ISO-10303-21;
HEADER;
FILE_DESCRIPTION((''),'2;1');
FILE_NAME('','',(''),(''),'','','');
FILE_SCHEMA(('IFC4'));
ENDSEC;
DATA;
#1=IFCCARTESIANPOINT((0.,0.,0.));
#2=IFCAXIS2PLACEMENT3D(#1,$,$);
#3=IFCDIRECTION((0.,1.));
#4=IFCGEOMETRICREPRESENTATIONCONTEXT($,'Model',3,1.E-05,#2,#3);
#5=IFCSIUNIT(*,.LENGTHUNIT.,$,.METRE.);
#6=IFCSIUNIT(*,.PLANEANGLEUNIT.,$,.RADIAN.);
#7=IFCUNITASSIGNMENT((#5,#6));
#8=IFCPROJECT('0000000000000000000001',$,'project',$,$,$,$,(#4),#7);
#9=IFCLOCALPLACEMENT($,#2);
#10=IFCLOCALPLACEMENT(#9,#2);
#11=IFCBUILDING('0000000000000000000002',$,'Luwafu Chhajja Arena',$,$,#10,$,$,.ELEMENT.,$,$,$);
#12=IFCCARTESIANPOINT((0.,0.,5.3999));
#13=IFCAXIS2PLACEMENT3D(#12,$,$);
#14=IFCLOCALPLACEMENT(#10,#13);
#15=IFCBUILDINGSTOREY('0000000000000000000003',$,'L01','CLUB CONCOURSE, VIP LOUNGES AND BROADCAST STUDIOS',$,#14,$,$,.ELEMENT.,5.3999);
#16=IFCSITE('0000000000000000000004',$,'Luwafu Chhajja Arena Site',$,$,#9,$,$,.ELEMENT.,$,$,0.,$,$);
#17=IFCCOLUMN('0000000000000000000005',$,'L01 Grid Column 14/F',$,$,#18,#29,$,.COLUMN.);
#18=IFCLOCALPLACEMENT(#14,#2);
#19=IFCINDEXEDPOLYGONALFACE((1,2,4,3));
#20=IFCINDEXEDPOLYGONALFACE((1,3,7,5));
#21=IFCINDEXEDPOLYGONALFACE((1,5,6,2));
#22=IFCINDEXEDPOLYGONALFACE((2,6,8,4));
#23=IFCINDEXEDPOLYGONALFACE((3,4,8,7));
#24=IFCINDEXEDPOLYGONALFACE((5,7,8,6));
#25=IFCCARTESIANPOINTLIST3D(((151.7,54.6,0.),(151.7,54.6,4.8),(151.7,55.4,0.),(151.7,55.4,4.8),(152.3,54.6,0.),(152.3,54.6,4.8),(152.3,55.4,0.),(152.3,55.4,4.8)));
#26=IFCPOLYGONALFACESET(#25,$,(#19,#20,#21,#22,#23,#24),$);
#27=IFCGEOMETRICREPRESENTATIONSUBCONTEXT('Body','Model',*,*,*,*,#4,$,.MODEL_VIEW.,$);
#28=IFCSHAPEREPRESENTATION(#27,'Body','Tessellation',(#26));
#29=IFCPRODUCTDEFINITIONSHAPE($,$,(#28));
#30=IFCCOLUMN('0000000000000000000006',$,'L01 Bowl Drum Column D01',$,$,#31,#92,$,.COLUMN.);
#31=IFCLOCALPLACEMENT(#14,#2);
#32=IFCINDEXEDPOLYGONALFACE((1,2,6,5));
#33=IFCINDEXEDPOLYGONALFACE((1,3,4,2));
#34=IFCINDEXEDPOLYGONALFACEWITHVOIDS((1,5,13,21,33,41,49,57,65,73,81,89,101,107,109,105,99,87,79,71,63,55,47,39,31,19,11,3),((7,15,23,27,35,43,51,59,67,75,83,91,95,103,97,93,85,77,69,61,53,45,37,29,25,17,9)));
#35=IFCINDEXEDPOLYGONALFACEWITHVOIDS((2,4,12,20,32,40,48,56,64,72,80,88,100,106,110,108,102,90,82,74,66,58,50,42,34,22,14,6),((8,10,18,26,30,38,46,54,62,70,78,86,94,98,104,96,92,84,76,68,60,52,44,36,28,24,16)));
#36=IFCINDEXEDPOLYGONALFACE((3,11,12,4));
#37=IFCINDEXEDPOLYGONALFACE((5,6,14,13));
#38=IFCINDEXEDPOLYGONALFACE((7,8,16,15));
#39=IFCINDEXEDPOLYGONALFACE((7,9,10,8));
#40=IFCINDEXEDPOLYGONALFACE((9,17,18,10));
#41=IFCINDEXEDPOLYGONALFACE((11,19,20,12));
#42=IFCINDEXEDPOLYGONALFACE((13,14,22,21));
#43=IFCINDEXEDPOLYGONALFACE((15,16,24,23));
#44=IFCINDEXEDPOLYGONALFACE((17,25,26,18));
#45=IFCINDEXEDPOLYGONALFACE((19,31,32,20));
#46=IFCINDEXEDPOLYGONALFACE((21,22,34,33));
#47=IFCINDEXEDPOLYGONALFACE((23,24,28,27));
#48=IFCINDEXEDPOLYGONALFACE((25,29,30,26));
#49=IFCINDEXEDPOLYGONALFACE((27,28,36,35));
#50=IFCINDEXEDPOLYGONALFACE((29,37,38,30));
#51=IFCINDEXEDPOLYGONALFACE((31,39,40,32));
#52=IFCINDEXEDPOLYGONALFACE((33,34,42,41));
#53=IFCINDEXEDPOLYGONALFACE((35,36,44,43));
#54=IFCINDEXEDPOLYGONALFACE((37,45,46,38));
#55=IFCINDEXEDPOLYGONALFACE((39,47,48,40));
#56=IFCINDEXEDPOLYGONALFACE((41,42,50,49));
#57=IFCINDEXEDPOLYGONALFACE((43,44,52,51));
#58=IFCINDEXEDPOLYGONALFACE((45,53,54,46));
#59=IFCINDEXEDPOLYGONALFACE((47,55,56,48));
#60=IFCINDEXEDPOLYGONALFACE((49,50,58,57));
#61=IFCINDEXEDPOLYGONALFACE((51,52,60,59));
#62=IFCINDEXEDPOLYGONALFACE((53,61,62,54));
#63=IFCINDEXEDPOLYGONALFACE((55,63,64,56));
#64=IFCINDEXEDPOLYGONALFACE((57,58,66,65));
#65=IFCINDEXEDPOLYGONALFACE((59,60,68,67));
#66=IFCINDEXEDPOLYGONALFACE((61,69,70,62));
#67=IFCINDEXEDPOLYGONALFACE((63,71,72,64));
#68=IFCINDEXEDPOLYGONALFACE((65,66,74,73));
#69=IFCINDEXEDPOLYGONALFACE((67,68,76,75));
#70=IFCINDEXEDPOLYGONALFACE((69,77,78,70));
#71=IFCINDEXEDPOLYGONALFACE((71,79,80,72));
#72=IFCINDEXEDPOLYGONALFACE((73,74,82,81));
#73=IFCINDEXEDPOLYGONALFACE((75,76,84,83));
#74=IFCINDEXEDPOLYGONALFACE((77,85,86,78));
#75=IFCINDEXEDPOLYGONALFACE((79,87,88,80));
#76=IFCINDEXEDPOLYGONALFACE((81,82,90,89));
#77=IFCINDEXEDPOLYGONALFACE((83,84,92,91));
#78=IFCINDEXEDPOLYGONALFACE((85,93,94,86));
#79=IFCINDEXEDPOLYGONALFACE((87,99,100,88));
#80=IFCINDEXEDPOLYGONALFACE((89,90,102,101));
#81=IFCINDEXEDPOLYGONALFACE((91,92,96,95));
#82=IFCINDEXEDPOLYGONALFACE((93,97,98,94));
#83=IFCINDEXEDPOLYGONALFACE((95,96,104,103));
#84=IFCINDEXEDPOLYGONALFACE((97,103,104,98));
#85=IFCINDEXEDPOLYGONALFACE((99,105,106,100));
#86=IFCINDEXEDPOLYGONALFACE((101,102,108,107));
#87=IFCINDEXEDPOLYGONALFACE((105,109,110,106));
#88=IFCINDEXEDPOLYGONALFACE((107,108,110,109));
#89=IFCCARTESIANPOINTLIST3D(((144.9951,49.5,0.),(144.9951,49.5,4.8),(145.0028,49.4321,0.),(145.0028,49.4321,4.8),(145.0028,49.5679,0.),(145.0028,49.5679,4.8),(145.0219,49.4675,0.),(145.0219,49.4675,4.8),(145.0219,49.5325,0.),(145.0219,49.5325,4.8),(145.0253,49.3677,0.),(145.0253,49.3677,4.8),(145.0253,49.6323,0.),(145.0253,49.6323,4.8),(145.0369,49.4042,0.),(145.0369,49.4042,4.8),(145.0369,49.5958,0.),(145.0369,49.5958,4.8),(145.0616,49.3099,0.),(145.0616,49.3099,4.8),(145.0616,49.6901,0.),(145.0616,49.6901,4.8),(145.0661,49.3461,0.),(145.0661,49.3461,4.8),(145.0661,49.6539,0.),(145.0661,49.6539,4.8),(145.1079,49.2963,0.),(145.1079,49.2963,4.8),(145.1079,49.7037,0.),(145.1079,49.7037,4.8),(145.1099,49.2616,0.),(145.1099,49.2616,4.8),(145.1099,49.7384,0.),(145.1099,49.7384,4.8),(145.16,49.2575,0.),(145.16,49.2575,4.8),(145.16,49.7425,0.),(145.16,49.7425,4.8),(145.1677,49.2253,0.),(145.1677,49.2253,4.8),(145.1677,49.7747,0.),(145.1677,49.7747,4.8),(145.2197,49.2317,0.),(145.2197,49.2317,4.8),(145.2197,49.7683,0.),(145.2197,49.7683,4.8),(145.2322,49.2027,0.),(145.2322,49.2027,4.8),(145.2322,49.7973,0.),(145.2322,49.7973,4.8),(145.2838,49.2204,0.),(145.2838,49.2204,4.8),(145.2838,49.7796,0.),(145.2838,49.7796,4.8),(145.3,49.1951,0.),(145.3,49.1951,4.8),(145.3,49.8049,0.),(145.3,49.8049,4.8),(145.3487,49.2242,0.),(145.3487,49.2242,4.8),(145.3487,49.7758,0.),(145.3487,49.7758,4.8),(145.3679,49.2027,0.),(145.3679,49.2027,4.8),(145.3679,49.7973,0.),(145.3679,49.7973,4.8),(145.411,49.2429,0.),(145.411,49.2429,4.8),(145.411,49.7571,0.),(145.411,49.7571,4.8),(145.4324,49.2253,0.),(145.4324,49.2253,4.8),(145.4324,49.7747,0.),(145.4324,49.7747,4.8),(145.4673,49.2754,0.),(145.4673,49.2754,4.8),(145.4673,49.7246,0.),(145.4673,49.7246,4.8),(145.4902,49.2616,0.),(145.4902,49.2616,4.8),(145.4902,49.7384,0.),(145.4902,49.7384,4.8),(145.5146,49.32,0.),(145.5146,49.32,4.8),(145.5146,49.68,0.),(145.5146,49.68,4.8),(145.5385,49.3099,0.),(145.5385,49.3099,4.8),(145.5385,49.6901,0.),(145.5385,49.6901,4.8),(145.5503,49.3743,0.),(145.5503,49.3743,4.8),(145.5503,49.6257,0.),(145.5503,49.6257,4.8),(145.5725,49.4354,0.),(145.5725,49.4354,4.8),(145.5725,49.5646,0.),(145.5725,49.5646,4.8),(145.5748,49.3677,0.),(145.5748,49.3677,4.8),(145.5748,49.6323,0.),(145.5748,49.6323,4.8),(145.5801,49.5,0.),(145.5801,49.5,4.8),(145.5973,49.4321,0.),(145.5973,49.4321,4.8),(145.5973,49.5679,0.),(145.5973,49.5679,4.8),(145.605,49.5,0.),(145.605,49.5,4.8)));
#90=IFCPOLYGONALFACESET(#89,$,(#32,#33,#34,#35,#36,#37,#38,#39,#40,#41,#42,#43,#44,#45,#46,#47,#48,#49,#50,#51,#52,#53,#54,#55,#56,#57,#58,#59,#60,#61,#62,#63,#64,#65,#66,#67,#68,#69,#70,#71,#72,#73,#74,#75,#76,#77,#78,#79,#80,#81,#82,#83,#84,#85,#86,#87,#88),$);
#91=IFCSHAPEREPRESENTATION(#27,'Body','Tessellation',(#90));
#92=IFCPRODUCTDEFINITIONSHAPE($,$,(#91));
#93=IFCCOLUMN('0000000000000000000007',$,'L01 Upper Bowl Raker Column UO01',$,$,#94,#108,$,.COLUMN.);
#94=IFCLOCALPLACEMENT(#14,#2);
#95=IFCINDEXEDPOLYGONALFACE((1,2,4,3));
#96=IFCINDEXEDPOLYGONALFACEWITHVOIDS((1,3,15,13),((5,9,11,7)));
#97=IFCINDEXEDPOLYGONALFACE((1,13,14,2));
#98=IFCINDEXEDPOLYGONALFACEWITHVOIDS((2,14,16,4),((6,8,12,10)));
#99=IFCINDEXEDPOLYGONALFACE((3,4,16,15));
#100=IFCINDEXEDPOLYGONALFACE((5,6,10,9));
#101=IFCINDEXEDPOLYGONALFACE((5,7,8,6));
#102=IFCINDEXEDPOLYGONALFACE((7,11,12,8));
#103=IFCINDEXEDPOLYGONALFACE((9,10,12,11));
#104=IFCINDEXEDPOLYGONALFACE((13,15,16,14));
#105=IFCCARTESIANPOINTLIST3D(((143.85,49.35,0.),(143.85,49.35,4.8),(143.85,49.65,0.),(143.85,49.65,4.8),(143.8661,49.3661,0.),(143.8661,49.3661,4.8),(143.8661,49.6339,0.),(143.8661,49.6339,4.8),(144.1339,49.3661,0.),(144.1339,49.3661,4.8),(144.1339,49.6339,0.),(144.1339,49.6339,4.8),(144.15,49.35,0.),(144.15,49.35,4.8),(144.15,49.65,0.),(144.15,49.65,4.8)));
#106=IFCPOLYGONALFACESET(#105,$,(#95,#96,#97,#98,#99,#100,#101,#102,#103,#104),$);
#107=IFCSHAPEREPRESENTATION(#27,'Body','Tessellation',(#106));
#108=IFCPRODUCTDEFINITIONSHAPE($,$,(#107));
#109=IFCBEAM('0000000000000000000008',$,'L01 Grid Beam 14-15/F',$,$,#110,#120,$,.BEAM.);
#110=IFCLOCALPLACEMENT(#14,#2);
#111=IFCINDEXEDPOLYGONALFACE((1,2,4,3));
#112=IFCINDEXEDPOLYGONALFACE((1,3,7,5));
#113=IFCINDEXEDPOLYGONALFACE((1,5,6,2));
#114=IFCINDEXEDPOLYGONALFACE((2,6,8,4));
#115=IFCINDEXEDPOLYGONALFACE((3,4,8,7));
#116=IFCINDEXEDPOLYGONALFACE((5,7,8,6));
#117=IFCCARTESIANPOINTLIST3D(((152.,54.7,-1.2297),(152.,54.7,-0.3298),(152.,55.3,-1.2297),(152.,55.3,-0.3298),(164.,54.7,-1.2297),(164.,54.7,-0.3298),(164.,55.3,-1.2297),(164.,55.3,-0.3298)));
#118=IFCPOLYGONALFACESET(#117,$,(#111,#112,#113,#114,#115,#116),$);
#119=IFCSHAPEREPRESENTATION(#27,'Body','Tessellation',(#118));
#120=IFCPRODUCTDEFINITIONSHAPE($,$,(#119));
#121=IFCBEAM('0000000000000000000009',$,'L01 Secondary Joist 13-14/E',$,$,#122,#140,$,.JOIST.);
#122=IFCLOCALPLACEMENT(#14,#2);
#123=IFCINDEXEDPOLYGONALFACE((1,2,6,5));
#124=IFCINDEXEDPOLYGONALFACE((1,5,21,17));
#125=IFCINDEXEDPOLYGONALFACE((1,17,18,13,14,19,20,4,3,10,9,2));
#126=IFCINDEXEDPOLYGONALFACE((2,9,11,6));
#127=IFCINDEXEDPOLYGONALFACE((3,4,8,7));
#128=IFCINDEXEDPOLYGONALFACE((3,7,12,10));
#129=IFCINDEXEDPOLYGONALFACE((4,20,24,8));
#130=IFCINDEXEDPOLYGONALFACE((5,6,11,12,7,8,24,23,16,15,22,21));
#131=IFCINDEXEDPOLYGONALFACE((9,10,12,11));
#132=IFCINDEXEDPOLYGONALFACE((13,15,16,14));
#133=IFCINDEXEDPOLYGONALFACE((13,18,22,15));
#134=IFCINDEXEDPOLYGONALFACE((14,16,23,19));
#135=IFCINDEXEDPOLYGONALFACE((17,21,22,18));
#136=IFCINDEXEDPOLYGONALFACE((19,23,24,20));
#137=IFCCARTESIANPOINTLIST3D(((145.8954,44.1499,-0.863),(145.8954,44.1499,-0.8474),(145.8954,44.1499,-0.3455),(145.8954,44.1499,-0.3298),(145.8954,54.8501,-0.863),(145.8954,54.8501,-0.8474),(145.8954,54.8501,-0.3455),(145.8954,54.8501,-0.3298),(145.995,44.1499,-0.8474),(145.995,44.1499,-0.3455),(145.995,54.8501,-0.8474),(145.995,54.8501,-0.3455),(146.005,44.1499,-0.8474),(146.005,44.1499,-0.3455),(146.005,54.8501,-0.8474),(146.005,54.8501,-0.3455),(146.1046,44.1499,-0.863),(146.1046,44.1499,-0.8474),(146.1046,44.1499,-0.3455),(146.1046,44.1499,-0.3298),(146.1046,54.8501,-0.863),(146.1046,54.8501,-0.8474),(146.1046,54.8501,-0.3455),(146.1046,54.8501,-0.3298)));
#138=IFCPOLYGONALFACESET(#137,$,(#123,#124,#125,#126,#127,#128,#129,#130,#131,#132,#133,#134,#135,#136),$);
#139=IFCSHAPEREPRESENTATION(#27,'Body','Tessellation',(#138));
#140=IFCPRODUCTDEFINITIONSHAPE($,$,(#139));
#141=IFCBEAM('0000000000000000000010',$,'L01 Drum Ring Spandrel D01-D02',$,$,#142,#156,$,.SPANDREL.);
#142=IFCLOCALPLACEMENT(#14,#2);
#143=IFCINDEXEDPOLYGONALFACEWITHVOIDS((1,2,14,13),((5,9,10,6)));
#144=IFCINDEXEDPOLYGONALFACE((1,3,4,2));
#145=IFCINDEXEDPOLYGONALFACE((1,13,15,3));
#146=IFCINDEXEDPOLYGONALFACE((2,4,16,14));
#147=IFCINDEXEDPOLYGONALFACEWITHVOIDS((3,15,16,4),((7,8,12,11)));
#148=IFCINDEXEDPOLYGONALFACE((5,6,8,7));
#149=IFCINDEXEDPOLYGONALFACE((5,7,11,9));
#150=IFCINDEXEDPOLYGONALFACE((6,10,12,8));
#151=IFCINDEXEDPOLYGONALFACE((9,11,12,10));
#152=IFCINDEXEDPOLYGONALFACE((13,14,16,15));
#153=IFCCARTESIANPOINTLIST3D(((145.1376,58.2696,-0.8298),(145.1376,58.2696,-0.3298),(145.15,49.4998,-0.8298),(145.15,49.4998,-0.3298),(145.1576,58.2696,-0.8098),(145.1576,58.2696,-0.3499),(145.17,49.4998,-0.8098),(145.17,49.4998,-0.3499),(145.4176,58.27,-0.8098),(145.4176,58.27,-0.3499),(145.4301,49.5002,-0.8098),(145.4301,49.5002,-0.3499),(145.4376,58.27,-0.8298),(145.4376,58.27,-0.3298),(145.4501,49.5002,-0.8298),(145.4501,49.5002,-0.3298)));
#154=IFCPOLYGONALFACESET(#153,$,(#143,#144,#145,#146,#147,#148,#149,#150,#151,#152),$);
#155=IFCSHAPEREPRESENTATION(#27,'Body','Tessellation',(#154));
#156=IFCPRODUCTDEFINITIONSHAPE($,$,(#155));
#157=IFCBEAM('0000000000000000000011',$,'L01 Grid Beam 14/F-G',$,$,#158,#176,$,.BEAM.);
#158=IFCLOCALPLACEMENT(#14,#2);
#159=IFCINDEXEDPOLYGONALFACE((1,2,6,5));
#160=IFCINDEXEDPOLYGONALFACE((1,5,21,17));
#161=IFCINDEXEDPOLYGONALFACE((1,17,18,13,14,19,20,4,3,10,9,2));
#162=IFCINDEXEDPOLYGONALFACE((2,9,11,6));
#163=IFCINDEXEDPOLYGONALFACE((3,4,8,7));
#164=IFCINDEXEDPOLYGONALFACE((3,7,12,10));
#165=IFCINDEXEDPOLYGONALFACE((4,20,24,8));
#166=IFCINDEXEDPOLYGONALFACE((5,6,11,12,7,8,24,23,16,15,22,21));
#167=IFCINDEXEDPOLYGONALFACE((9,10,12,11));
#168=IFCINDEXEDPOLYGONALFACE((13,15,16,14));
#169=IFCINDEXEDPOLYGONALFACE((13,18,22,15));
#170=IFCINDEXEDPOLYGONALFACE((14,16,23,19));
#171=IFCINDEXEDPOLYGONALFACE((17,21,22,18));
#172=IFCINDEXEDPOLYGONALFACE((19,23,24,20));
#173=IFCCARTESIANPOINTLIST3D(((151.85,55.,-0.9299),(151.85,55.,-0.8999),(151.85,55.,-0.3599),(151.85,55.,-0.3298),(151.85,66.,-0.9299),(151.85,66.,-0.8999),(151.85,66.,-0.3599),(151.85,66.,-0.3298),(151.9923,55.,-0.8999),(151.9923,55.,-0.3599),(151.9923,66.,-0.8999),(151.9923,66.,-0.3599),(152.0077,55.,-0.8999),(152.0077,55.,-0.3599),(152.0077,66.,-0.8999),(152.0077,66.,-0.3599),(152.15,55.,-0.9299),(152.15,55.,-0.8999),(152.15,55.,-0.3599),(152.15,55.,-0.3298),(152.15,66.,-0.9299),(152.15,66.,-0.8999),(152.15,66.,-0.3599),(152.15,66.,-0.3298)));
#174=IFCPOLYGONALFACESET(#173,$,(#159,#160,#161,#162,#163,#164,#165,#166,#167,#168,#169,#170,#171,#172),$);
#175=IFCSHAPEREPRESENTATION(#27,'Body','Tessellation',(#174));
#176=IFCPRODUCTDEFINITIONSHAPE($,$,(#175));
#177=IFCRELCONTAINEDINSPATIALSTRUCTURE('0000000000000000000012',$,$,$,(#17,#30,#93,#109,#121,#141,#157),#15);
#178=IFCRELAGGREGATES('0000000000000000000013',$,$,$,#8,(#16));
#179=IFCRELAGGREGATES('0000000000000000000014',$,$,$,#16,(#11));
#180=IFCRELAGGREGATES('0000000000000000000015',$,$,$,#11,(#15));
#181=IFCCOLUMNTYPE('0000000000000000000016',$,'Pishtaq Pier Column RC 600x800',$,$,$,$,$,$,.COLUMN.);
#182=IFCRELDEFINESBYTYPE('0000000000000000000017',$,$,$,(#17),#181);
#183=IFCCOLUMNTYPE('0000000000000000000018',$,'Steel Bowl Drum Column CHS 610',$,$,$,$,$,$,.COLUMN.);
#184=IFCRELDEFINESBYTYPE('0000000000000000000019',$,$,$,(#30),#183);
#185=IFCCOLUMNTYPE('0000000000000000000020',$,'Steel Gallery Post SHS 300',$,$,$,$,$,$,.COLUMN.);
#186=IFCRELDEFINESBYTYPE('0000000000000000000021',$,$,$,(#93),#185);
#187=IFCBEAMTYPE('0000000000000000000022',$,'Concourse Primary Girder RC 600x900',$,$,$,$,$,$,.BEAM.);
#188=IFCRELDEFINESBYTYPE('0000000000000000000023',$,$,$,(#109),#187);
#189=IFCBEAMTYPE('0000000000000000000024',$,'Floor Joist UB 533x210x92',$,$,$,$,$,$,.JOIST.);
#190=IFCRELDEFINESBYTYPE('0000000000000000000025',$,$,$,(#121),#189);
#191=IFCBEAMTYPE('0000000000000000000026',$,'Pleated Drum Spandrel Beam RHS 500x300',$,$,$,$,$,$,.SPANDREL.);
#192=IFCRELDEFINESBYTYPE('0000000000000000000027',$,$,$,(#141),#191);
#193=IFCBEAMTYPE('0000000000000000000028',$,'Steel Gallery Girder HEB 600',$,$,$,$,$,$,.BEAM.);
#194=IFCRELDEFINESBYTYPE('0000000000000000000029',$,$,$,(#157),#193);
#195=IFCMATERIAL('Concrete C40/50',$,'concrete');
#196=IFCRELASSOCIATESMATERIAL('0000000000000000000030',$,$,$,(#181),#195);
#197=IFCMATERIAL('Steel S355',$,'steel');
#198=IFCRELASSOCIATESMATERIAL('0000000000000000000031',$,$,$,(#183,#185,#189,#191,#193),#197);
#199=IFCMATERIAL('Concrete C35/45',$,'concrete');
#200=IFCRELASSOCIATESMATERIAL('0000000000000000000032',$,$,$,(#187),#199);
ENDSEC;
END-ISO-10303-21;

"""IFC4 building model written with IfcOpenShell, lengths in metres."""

from ifc_helpers import new_model, si_unit, direction, frame, origin, origin_2d, place, context, subcontext, project, spatial, rectangle, hollow_rectangle, hollow_circle, i_section, extrude, material, material_profile, profile_set, type_object, element, save


model = new_model("IFC4")

# Units and contexts
model_context = context("Model", 3, precision=1e-05, world=origin(), true_north=direction((0.0, 1.0)))
body_context = subcontext(model_context, "Body", "Model", "MODEL_VIEW")
ifc_project = project(units=[si_unit("LENGTHUNIT", "METRE"), si_unit("PLANEANGLEUNIT", "RADIAN")], contexts=[model_context])

# Site, building, storey
site_placement = place(None, origin())
site = spatial("IfcSite", under=ifc_project, at=site_placement, Name="Luwafu Chhajja Arena Site", CompositionType="ELEMENT", RefElevation=0.0)
building_placement = place(site_placement, origin())
building = spatial("IfcBuilding", under=site, at=building_placement, Name="Luwafu Chhajja Arena", CompositionType="ELEMENT")
storey_placement = place(building_placement, frame((0.0, 0.0, 5.3999)))
storey = spatial("IfcBuildingStorey", under=building, at=storey_placement, Name="L01", Description="CLUB CONCOURSE, VIP LOUNGES AND BROADCAST STUDIOS", CompositionType="ELEMENT", Elevation=5.3999)

# Columns
ifc_material_1 = material(Name="Concrete C40/50", Category="concrete")
ifc_material_profile_1 = material_profile(ifc_material_1, rectangle(XDim=0.6001, YDim=0.8, at=origin_2d()), Name="RC 600x800")
ifc_profile_set_1 = profile_set([ifc_material_profile_1], Name="Concrete C40/50")
column_type_1 = type_object("IfcColumnType", Name="Pishtaq Pier Column RC 600x800", PredefinedType="COLUMN", material=ifc_profile_set_1)
column_1_placement = place(storey_placement, frame((152.0, 55.0, 0.0), z_axis=(0.0, 0.0, 1.0), x_axis=(1.0, 0.0, 0.0)))
element("IfcColumn", 1, at=column_1_placement, inside=storey, type_object=column_type_1, Name="L01 Grid Column 14/F", PredefinedType="COLUMN", context=body_context, shape_type="SweptSolid", body=[
    extrude(rectangle(XDim=0.6001, YDim=0.8, at=origin_2d()), origin(), (0.0, 0.0, 1.0), 4.8),
])
ifc_material_2 = material(Name="Steel S355", Category="steel")
ifc_material_profile_2 = material_profile(ifc_material_2, hollow_circle(Radius=0.3049, WallThickness=0.0249, at=origin_2d()), Name="CHS 610x25")
ifc_profile_set_2 = profile_set([ifc_material_profile_2], Name="Steel S355")
column_type_2 = type_object("IfcColumnType", Name="Steel Bowl Drum Column CHS 610", PredefinedType="COLUMN", material=ifc_profile_set_2)
column_2_placement = place(storey_placement, frame((145.3, 49.5, 0.0), z_axis=(0.0, 0.0, 1.0), x_axis=(1.0, 0.0, 0.0)))
element("IfcColumn", 2, at=column_2_placement, inside=storey, type_object=column_type_2, Name="L01 Bowl Drum Column D01", PredefinedType="COLUMN", context=body_context, shape_type="SweptSolid", body=[
    extrude(hollow_circle(Radius=0.3049, WallThickness=0.0249, at=origin_2d()), origin(), (0.0, 0.0, 1.0), 4.8),
])
ifc_material_profile_3 = material_profile(ifc_material_2, hollow_rectangle(XDim=0.3, YDim=0.3, WallThickness=0.0161, at=origin_2d()), Name="SHS 300x300x16")
ifc_profile_set_3 = profile_set([ifc_material_profile_3], Name="Steel S355")
column_type_3 = type_object("IfcColumnType", Name="Steel Gallery Post SHS 300", PredefinedType="COLUMN", material=ifc_profile_set_3)
column_3_placement = place(storey_placement, frame((144.0, 49.5, 0.0), z_axis=(0.0, 0.0, 1.0), x_axis=(1.0, 0.0, 0.0)))
element("IfcColumn", 3, at=column_3_placement, inside=storey, type_object=column_type_3, Name="L01 Upper Bowl Raker Column UO01", PredefinedType="COLUMN", context=body_context, shape_type="SweptSolid", body=[
    extrude(hollow_rectangle(XDim=0.3, YDim=0.3, WallThickness=0.0161, at=origin_2d()), origin(), (0.0, 0.0, 1.0), 4.8),
])

# Beams
ifc_material_3 = material(Name="Concrete C35/45", Category="concrete")
ifc_material_profile_4 = material_profile(ifc_material_3, rectangle(XDim=0.6001, YDim=0.8999, at=origin_2d()), Name="RC 600x900")
ifc_profile_set_4 = profile_set([ifc_material_profile_4], Name="Concrete C35/45")
beam_type_1 = type_object("IfcBeamType", Name="Concourse Primary Girder RC 600x900", PredefinedType="BEAM", material=ifc_profile_set_4)
beam_1_placement = place(storey_placement, frame((152.0, 55.0, -0.7798), z_axis=(1.0, 0.0, 0.0), x_axis=(0.0, 1.0, 0.0)))
element("IfcBeam", 4, at=beam_1_placement, inside=storey, type_object=beam_type_1, Name="L01 Grid Beam 14-15/F", PredefinedType="BEAM", context=body_context, shape_type="SweptSolid", body=[
    extrude(rectangle(XDim=0.6001, YDim=0.8999, at=origin_2d()), origin(), (0.0, 0.0, 1.0), 12.0),
])
ifc_material_profile_5 = material_profile(ifc_material_2, i_section(OverallWidth=0.2092, OverallDepth=0.5332, WebThickness=0.01, FlangeThickness=0.0156, at=origin_2d()), Name="UB 533x210x92")
ifc_profile_set_5 = profile_set([ifc_material_profile_5], Name="Steel S355")
beam_type_2 = type_object("IfcBeamType", Name="Floor Joist UB 533x210x92", PredefinedType="JOIST", material=ifc_profile_set_5)
beam_2_placement = place(storey_placement, frame((146.0, 44.1499, -0.5964), z_axis=(0.0, 1.0, 0.0), x_axis=(-1.0, 0.0, 0.0)))
element("IfcBeam", 5, at=beam_2_placement, inside=storey, type_object=beam_type_2, Name="L01 Secondary Joist 13-14/E", PredefinedType="JOIST", context=body_context, shape_type="SweptSolid", body=[
    extrude(i_section(OverallWidth=0.2092, OverallDepth=0.5332, WebThickness=0.01, FlangeThickness=0.0156, at=origin_2d()), origin(), (0.0, 0.0, 1.0), 10.7002),
])
ifc_material_profile_6 = material_profile(ifc_material_2, hollow_rectangle(XDim=0.3, YDim=0.5, WallThickness=0.02, at=origin_2d()), Name="RHS 500x300x20")
ifc_profile_set_6 = profile_set([ifc_material_profile_6], Name="Steel S355")
beam_type_3 = type_object("IfcBeamType", Name="Pleated Drum Spandrel Beam RHS 500x300", PredefinedType="SPANDREL", material=ifc_profile_set_6)
beam_3_placement = place(storey_placement, frame((145.3, 49.5, -0.5798), z_axis=(-0.00142, 0.999999, 0.0), x_axis=(-0.999999, -0.00142, 0.0)))
element("IfcBeam", 6, at=beam_3_placement, inside=storey, type_object=beam_type_3, Name="L01 Drum Ring Spandrel D01-D02", PredefinedType="SPANDREL", context=body_context, shape_type="SweptSolid", body=[
    extrude(hollow_rectangle(XDim=0.3, YDim=0.5, WallThickness=0.02, at=origin_2d()), origin(), (0.0, 0.0, 1.0), 8.7698),
])
ifc_material_profile_7 = material_profile(ifc_material_2, i_section(OverallWidth=0.3, OverallDepth=0.6001, WebThickness=0.0154, FlangeThickness=0.03, at=origin_2d()), Name="HEB 600")
ifc_profile_set_7 = profile_set([ifc_material_profile_7], Name="Steel S355")
beam_type_4 = type_object("IfcBeamType", Name="Steel Gallery Girder HEB 600", PredefinedType="BEAM", material=ifc_profile_set_7)
beam_4_placement = place(storey_placement, frame((152.0, 55.0, -0.6299), z_axis=(0.0, 1.0, 0.0), x_axis=(-1.0, 0.0, 0.0)))
element("IfcBeam", 7, at=beam_4_placement, inside=storey, type_object=beam_type_4, Name="L01 Grid Beam 14/F-G", PredefinedType="BEAM", context=body_context, shape_type="SweptSolid", body=[
    extrude(i_section(OverallWidth=0.3, OverallDepth=0.6001, WebThickness=0.0154, FlangeThickness=0.03, at=origin_2d()), origin(), (0.0, 0.0, 1.0), 11.0),
])

save(model, "model.ifc")
